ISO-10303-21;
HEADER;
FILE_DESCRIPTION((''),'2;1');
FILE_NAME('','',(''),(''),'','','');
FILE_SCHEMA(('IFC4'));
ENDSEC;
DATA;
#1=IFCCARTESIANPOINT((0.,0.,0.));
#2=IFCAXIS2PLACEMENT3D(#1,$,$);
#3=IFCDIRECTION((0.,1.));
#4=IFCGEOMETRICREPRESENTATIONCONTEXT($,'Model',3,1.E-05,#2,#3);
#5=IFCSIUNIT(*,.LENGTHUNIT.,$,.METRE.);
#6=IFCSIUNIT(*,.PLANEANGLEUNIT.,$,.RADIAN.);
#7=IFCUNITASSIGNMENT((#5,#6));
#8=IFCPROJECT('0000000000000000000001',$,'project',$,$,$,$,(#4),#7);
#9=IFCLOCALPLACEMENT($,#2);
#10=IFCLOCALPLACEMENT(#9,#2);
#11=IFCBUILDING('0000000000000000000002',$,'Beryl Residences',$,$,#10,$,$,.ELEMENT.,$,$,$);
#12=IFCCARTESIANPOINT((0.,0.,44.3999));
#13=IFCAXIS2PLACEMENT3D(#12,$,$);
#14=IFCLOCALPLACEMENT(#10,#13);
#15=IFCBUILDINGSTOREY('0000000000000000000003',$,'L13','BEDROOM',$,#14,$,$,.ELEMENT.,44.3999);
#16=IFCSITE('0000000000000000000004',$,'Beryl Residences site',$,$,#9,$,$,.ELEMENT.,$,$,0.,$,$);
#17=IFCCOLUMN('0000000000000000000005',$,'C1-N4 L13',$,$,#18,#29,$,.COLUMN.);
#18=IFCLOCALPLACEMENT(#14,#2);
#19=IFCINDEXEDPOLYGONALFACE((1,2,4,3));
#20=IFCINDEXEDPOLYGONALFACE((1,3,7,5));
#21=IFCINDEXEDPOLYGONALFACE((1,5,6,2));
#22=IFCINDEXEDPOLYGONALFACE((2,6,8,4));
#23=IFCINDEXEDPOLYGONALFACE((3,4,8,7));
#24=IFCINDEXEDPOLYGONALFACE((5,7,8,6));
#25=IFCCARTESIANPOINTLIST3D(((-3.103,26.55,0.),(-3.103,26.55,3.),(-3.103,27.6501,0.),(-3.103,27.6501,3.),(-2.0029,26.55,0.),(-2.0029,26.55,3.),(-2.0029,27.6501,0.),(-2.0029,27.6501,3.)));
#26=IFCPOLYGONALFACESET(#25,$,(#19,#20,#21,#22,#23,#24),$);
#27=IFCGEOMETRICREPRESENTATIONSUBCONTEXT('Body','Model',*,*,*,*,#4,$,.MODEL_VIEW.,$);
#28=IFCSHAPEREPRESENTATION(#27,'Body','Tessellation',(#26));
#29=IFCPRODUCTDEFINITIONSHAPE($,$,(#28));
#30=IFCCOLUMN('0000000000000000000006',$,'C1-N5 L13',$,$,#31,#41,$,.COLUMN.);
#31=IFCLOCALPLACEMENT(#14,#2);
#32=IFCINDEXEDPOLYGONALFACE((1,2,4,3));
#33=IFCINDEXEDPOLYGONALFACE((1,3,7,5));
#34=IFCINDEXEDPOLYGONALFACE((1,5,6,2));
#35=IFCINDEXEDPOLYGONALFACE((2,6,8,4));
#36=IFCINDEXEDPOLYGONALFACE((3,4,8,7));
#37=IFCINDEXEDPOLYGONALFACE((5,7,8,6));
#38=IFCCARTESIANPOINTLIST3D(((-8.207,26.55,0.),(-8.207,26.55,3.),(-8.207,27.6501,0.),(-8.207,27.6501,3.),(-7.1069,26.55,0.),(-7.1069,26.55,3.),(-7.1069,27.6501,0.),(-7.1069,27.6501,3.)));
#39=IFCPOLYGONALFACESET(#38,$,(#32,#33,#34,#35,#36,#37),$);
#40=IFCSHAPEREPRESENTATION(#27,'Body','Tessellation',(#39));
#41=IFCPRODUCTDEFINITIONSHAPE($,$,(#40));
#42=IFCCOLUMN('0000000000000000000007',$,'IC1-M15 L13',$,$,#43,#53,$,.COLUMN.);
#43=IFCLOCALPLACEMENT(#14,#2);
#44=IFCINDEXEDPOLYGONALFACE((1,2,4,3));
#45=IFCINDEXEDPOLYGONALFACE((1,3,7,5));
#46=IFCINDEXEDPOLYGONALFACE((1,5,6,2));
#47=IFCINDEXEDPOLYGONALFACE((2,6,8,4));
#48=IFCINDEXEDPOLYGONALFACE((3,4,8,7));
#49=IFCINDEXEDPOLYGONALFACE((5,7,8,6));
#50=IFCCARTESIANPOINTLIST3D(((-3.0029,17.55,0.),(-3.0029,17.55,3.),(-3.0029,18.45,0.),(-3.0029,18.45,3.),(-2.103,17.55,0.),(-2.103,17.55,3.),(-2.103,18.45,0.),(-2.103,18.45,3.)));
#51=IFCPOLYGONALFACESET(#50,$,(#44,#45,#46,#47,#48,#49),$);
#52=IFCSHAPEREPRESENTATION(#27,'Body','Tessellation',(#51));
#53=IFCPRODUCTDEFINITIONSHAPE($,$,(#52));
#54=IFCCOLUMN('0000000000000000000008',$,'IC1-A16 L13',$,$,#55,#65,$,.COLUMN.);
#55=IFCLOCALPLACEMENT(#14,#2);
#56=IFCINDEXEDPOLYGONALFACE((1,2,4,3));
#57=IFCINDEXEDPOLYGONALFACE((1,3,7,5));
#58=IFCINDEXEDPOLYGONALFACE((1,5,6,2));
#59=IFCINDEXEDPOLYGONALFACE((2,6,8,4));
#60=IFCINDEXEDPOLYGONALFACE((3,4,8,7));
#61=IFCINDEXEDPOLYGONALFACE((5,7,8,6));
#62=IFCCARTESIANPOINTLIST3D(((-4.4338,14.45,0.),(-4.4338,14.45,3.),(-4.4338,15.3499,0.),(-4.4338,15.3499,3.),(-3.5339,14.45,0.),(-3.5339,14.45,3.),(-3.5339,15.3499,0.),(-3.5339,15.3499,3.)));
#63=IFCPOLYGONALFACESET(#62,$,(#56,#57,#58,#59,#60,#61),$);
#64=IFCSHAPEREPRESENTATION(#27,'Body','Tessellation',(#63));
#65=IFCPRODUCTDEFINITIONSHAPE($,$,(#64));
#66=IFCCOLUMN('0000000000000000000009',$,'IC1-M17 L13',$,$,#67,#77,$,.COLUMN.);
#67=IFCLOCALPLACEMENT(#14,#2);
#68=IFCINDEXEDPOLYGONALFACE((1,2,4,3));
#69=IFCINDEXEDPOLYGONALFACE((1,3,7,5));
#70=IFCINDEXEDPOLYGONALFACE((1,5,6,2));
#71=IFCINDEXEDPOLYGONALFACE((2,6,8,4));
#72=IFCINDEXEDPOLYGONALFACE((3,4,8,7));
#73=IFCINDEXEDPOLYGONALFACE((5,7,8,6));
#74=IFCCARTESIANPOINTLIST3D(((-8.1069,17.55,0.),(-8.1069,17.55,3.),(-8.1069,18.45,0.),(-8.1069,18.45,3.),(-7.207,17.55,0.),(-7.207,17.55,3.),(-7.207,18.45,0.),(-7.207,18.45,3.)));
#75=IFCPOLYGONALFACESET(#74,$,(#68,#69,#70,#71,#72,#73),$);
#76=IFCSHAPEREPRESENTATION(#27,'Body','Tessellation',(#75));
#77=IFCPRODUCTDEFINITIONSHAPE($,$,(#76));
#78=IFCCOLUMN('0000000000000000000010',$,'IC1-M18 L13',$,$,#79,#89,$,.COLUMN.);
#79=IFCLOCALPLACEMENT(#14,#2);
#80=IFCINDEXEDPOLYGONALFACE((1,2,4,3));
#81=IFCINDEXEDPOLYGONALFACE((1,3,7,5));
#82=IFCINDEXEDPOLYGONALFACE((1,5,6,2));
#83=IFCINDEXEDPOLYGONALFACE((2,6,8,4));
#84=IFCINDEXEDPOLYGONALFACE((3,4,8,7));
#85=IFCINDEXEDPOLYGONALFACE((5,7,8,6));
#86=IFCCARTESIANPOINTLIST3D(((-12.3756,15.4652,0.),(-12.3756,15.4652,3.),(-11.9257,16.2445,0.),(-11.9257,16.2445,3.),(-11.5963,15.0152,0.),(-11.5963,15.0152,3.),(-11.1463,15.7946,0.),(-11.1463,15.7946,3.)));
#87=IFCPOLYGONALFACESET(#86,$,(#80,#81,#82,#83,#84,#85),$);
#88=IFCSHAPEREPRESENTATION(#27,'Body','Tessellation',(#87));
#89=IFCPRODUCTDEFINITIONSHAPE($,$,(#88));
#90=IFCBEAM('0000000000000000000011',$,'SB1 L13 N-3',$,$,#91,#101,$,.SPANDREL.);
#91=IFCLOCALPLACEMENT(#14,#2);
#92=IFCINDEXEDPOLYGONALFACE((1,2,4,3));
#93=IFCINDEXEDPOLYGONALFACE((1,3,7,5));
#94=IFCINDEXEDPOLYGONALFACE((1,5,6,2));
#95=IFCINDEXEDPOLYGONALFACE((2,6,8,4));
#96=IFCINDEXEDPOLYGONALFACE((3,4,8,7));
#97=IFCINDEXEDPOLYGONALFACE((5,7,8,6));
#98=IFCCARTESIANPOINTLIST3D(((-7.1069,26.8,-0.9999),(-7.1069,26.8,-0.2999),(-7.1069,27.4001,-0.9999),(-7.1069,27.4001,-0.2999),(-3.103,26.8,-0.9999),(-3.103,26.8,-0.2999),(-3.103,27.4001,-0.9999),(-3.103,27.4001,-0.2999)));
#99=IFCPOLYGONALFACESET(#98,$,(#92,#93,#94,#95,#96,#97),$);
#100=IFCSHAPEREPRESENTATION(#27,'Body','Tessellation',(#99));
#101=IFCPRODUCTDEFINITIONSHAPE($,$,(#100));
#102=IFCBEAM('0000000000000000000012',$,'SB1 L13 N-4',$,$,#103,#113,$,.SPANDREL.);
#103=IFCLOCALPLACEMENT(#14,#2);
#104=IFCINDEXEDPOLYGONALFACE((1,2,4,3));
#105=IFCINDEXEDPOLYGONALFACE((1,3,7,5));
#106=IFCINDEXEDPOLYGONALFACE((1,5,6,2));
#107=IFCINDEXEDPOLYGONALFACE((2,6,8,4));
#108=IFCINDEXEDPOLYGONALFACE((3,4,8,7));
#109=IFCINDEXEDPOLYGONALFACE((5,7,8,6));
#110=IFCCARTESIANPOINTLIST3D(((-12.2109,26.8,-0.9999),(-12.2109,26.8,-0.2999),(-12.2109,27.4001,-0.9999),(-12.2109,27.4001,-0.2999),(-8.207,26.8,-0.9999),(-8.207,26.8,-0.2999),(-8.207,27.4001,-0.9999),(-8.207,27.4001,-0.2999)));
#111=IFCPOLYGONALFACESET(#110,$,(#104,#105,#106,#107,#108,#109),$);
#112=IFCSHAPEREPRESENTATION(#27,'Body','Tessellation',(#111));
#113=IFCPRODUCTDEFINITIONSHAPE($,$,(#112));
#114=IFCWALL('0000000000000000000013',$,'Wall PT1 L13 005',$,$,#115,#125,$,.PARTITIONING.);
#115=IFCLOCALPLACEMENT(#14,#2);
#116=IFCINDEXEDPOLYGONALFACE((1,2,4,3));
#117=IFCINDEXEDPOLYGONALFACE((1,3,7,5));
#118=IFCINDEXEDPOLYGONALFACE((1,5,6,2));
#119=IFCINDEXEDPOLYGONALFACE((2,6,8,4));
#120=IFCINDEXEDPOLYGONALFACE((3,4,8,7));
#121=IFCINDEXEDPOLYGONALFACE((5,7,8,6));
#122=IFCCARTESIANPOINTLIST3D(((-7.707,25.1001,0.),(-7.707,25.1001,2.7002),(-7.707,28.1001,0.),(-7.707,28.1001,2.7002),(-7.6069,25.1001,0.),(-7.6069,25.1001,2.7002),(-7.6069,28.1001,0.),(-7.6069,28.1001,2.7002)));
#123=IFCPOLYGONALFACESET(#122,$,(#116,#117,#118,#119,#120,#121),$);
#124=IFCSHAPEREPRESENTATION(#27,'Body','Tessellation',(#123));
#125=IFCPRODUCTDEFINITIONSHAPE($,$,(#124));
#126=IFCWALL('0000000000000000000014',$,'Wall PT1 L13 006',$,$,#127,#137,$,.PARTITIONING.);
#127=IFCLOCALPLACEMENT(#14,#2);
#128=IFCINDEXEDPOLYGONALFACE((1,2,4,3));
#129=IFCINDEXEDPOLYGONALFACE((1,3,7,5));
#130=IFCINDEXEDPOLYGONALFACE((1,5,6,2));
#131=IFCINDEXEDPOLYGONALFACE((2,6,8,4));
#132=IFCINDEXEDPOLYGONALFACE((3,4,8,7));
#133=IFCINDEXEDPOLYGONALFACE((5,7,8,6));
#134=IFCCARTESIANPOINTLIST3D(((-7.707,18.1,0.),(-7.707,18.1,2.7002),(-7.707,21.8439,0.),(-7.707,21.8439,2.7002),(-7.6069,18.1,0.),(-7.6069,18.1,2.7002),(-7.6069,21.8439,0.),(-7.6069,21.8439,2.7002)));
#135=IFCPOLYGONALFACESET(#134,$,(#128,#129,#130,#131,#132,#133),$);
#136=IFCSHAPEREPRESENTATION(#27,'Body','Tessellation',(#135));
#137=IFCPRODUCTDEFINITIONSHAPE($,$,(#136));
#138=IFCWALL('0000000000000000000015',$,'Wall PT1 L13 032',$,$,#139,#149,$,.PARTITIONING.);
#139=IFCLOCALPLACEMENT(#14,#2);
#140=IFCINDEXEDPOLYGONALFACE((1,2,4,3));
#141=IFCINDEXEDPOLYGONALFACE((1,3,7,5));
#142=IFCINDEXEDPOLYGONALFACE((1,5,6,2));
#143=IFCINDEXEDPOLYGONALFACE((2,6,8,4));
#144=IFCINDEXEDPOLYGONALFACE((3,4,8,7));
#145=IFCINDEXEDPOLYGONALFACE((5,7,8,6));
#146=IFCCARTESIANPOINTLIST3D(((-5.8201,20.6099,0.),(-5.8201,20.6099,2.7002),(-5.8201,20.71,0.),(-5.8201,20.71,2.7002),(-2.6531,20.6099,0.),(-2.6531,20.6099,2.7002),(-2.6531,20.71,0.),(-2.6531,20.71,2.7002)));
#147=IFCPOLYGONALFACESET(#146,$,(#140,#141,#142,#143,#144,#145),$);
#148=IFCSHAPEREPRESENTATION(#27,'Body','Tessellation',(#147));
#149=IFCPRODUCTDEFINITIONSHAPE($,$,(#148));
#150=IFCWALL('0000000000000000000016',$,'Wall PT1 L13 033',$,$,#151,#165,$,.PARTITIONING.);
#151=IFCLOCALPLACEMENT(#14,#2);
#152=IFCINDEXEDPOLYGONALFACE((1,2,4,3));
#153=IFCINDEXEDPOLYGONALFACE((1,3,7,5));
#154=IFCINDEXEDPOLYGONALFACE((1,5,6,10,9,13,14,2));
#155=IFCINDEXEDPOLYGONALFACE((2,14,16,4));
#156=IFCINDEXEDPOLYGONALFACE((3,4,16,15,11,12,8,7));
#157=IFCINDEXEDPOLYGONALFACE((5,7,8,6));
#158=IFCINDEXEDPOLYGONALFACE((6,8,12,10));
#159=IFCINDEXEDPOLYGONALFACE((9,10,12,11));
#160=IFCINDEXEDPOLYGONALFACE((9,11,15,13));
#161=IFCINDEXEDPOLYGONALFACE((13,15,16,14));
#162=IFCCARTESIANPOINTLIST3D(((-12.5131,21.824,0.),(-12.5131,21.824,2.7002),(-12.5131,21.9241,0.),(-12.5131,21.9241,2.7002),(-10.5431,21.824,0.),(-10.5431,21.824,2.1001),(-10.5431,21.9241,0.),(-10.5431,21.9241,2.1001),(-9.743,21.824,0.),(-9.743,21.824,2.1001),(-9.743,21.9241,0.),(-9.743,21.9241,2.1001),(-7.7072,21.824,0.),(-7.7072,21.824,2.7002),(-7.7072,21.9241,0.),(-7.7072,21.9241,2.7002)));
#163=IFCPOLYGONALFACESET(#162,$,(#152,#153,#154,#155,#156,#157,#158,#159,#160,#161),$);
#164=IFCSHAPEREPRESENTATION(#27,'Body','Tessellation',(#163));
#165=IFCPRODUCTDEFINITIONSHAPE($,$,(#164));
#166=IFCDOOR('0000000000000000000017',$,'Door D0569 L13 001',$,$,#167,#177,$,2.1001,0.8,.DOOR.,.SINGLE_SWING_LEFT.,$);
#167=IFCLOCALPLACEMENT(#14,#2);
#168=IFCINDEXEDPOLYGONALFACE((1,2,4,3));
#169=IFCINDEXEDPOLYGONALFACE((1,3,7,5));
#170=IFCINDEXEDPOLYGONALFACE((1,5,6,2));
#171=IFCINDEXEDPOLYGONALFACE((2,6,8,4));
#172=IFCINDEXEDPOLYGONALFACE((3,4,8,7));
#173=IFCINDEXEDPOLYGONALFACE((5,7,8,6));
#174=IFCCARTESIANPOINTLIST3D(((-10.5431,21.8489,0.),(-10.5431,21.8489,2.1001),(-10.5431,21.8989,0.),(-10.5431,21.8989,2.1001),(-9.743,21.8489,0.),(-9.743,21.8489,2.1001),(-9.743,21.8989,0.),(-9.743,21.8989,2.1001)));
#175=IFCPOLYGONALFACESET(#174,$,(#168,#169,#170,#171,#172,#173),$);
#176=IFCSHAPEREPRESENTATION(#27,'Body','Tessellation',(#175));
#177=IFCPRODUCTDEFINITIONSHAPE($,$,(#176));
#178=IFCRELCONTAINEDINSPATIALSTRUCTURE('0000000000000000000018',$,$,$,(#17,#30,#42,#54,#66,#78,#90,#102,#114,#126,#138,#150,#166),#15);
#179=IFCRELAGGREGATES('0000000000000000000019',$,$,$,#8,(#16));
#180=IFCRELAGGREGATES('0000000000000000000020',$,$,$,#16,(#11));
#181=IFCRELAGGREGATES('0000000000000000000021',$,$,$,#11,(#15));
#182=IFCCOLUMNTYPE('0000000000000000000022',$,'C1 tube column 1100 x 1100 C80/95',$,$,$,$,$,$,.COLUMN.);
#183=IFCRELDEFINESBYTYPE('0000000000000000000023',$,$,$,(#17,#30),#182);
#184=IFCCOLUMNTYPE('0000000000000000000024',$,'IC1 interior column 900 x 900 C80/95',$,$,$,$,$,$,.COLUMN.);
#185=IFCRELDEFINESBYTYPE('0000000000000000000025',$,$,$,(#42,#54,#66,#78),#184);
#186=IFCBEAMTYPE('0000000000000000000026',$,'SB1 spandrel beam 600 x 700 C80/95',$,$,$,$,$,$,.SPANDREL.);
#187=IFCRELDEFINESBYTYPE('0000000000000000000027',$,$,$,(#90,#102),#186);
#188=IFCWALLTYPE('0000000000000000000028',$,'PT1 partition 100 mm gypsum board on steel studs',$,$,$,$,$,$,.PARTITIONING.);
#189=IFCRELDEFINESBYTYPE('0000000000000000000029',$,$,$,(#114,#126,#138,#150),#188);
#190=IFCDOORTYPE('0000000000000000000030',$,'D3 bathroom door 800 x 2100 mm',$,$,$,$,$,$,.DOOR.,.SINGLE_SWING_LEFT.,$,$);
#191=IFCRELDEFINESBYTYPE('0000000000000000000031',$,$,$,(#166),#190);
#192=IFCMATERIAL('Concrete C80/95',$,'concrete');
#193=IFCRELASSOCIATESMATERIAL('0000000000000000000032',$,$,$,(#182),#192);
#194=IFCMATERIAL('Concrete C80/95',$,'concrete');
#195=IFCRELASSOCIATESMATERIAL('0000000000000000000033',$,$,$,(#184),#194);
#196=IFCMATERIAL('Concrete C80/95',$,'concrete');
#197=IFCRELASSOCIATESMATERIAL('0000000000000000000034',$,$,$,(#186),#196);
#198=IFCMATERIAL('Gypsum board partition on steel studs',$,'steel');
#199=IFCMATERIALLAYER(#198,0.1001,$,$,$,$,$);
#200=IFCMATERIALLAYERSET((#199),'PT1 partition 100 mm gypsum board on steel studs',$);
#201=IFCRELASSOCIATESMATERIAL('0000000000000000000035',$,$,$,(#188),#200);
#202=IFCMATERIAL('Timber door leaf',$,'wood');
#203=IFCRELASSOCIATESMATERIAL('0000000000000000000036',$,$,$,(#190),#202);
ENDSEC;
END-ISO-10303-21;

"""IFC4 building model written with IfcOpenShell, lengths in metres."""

from ifc_helpers import new_model, si_unit, direction, frame, frame_2d, origin, origin_2d, place, context, subcontext, project, spatial, rectangle, extrude, material, layer, layer_set, material_profile, profile_set, type_object, element, fill, save


model = new_model("IFC4")

# Units and contexts
model_context = context("Model", 3, precision=1e-05, world=origin(), true_north=direction((0.0, 1.0)))
body_context = subcontext(model_context, "Body", "Model", "MODEL_VIEW")
ifc_project = project(units=[si_unit("LENGTHUNIT", "METRE"), si_unit("PLANEANGLEUNIT", "RADIAN")], contexts=[model_context])

# Site, building, storey
site_placement = place(None, origin())
site = spatial("IfcSite", under=ifc_project, at=site_placement, Name="Beryl Residences site", CompositionType="ELEMENT", RefElevation=0.0)
building_placement = place(site_placement, origin())
building = spatial("IfcBuilding", under=site, at=building_placement, Name="Beryl Residences", CompositionType="ELEMENT")
storey_placement = place(building_placement, frame((0.0, 0.0, 44.3999)))
storey = spatial("IfcBuildingStorey", under=building, at=storey_placement, Name="L13", Description="BEDROOM", CompositionType="ELEMENT", Elevation=44.3999)

# Columns
ifc_material_1 = material(Name="Concrete C80/95", Category="concrete")
ifc_material_profile_1 = material_profile(ifc_material_1, rectangle(XDim=1.1001, YDim=1.1001, at=origin_2d()))
ifc_profile_set_1 = profile_set([ifc_material_profile_1], Name="Concrete C80/95")
column_type_1 = type_object("IfcColumnType", Name="C1 tube column 1100 x 1100 C80/95", PredefinedType="COLUMN", material=ifc_profile_set_1)
for number, where, z_axis, x_axis, name in (
    (1, (-2.553, 27.1001, 0.0), (0.0, 0.0, 1.0), (-1.0, 0.0, 0.0), "C1-N4 L13"),
    (2, (-7.657, 27.1001, 0.0), (0.0, 0.0, 1.0), (-1.0, 0.0, 0.0), "C1-N5 L13"),
):
    element("IfcColumn", number, at=place(storey_placement, frame(where, z_axis=z_axis, x_axis=x_axis)), inside=storey, type_object=column_type_1, Name=name, PredefinedType="COLUMN", context=body_context, shape_type="SweptSolid", body=[
        extrude(rectangle(XDim=1.1001, YDim=1.1001, at=origin_2d()), origin(), (0.0, 0.0, 1.0), 3.0),
    ])
ifc_material_2 = material(Name="Concrete C80/95", Category="concrete")
ifc_material_profile_2 = material_profile(ifc_material_2, rectangle(XDim=0.8999, YDim=0.8999, at=origin_2d()))
ifc_profile_set_2 = profile_set([ifc_material_profile_2], Name="Concrete C80/95")
column_type_2 = type_object("IfcColumnType", Name="IC1 interior column 900 x 900 C80/95", PredefinedType="COLUMN", material=ifc_profile_set_2)
for number, where, z_axis, x_axis, name in (
    (3, (-2.553, 18.0, 0.0), (0.0, 0.0, 1.0), (-1.0, 0.0, 0.0), "IC1-M15 L13"),
    (4, (-3.9839, 14.8999, 0.0), (0.0, 0.0, 1.0), (1.0, 0.0, 0.0), "IC1-A16 L13"),
    (5, (-7.657, 18.0, 0.0), (0.0, 0.0, 1.0), (-1.0, 0.0, 0.0), "IC1-M17 L13"),
    (6, (-11.761, 15.6299, 0.0), (0.0, 0.0, 1.0), (-0.499985, -0.866034, 0.0), "IC1-M18 L13"),
):
    element("IfcColumn", number, at=place(storey_placement, frame(where, z_axis=z_axis, x_axis=x_axis)), inside=storey, type_object=column_type_2, Name=name, PredefinedType="COLUMN", context=body_context, shape_type="SweptSolid", body=[
        extrude(rectangle(XDim=0.8999, YDim=0.8999, at=origin_2d()), origin(), (0.0, 0.0, 1.0), 3.0),
    ])

# Beams
ifc_material_3 = material(Name="Concrete C80/95", Category="concrete")
ifc_material_profile_3 = material_profile(ifc_material_3, rectangle(XDim=0.6001, YDim=0.7, at=origin_2d()))
ifc_profile_set_3 = profile_set([ifc_material_profile_3], Name="Concrete C80/95")
beam_type = type_object("IfcBeamType", Name="SB1 spandrel beam 600 x 700 C80/95", PredefinedType="SPANDREL", material=ifc_profile_set_3)
for number, where, z_axis, x_axis, name in (
    (7, (-3.103, 27.1001, -0.6499), (-1.0, 0.0, 0.0), (0.0, -1.0, 0.0), "SB1 L13 N-3"),
    (8, (-8.207, 27.1001, -0.6499), (-1.0, 0.0, 0.0), (0.0, -1.0, 0.0), "SB1 L13 N-4"),
):
    element("IfcBeam", number, at=place(storey_placement, frame(where, z_axis=z_axis, x_axis=x_axis)), inside=storey, type_object=beam_type, Name=name, PredefinedType="SPANDREL", context=body_context, shape_type="SweptSolid", body=[
        extrude(rectangle(XDim=0.6001, YDim=0.7, at=origin_2d()), origin(), (0.0, 0.0, 1.0), 4.0039),
    ])

# Walls
ifc_material_4 = material(Name="Gypsum board partition on steel studs", Category="steel")
ifc_layer_1 = layer(ifc_material_4, 0.1001)
ifc_layer_set_1 = layer_set([ifc_layer_1], Name="PT1 partition 100 mm gypsum board on steel studs")
wall_type_1 = type_object("IfcWallType", Name="PT1 partition 100 mm gypsum board on steel studs", PredefinedType="PARTITIONING", material=ifc_layer_set_1)
wall_1_placement = place(storey_placement, frame((-7.657, 28.1001, 0.0), z_axis=(0.0, 0.0, 1.0), x_axis=(0.0, -1.0, 0.0)))
element("IfcWall", 9, at=wall_1_placement, inside=storey, type_object=wall_type_1, Name="Wall PT1 L13 005", PredefinedType="PARTITIONING", context=body_context, shape_type="SweptSolid", body=[
    extrude(rectangle(XDim=3.0, YDim=0.1001, at=frame_2d((1.5, 0.0))), origin(), (0.0, 0.0, 1.0), 2.7002),
])
wall_2_placement = place(storey_placement, frame((-7.657, 21.844, 0.0), z_axis=(0.0, 0.0, 1.0), x_axis=(0.0, -1.0, 0.0)))
element("IfcWall", 10, at=wall_2_placement, inside=storey, type_object=wall_type_1, Name="Wall PT1 L13 006", PredefinedType="PARTITIONING", context=body_context, shape_type="SweptSolid", body=[
    extrude(rectangle(XDim=3.7439, YDim=0.1001, at=frame_2d((1.8721, 0.0))), origin(), (0.0, 0.0, 1.0), 2.7002),
])
wall_3_placement = place(storey_placement, frame((-5.8201, 20.6599, 0.0), z_axis=(0.0, 0.0, 1.0), x_axis=(1.0, 0.0, 0.0)))
element("IfcWall", 11, at=wall_3_placement, inside=storey, type_object=wall_type_1, Name="Wall PT1 L13 032", PredefinedType="PARTITIONING", context=body_context, shape_type="SweptSolid", body=[
    extrude(rectangle(XDim=3.167, YDim=0.1001, at=frame_2d((1.5835, 0.0))), origin(), (0.0, 0.0, 1.0), 2.7002),
])

# Wall, opening, door
wall_4_placement = place(storey_placement, frame((-12.5129, 21.874, 0.0), z_axis=(0.0, 0.0, 1.0), x_axis=(1.0, 0.0, 0.0)))
wall_4 = element("IfcWall", 12, at=wall_4_placement, inside=storey, type_object=wall_type_1, Name="Wall PT1 L13 033", PredefinedType="PARTITIONING", context=body_context, shape_type="SweptSolid", body=[
    extrude(rectangle(XDim=4.8059, YDim=0.1001, at=frame_2d((2.4028, 0.0))), origin(), (0.0, 0.0, 1.0), 2.7002),
])
opening_1_placement = place(wall_4_placement, frame((1.97, 0.0, 0.0)))
opening_1 = element("IfcOpeningElement", 13, at=opening_1_placement, cuts=wall_4, PredefinedType="OPENING", context=body_context, shape_type="SweptSolid", body=[
    extrude(rectangle(XDim=0.8, YDim=2.1001, at=frame_2d((0.3999, 1.05))), frame((0.0, 0.0601, 0.0), z_axis=(0.0, -1.0, 0.0), x_axis=(1.0, 0.0, 0.0)), (0.0, 0.0, 1.0), 0.1201),
])
ifc_material_5 = material(Name="Timber door leaf", Category="wood")
door_type_1 = type_object("IfcDoorType", Name="D3 bathroom door 800 x 2100 mm", OperationType="SINGLE_SWING_LEFT", PredefinedType="DOOR", material=ifc_material_5)
door_1_placement = place(opening_1_placement, origin())
door_1 = element("IfcDoor", 14, at=door_1_placement, inside=storey, type_object=door_type_1, Name="Door D0569 L13 001", OperationType="SINGLE_SWING_LEFT", OverallHeight=2.1001, OverallWidth=0.8, PredefinedType="DOOR", context=body_context, shape_type="SweptSolid", body=[
    extrude(rectangle(XDim=0.8, YDim=2.1001, at=frame_2d((0.3999, 1.05))), frame((0.0, 0.0249, 0.0), z_axis=(0.0, -1.0, 0.0), x_axis=(1.0, 0.0, 0.0)), (0.0, 0.0, 1.0), 0.05),
])
fill(opening_1, door_1)

save(model, "model.ifc")
